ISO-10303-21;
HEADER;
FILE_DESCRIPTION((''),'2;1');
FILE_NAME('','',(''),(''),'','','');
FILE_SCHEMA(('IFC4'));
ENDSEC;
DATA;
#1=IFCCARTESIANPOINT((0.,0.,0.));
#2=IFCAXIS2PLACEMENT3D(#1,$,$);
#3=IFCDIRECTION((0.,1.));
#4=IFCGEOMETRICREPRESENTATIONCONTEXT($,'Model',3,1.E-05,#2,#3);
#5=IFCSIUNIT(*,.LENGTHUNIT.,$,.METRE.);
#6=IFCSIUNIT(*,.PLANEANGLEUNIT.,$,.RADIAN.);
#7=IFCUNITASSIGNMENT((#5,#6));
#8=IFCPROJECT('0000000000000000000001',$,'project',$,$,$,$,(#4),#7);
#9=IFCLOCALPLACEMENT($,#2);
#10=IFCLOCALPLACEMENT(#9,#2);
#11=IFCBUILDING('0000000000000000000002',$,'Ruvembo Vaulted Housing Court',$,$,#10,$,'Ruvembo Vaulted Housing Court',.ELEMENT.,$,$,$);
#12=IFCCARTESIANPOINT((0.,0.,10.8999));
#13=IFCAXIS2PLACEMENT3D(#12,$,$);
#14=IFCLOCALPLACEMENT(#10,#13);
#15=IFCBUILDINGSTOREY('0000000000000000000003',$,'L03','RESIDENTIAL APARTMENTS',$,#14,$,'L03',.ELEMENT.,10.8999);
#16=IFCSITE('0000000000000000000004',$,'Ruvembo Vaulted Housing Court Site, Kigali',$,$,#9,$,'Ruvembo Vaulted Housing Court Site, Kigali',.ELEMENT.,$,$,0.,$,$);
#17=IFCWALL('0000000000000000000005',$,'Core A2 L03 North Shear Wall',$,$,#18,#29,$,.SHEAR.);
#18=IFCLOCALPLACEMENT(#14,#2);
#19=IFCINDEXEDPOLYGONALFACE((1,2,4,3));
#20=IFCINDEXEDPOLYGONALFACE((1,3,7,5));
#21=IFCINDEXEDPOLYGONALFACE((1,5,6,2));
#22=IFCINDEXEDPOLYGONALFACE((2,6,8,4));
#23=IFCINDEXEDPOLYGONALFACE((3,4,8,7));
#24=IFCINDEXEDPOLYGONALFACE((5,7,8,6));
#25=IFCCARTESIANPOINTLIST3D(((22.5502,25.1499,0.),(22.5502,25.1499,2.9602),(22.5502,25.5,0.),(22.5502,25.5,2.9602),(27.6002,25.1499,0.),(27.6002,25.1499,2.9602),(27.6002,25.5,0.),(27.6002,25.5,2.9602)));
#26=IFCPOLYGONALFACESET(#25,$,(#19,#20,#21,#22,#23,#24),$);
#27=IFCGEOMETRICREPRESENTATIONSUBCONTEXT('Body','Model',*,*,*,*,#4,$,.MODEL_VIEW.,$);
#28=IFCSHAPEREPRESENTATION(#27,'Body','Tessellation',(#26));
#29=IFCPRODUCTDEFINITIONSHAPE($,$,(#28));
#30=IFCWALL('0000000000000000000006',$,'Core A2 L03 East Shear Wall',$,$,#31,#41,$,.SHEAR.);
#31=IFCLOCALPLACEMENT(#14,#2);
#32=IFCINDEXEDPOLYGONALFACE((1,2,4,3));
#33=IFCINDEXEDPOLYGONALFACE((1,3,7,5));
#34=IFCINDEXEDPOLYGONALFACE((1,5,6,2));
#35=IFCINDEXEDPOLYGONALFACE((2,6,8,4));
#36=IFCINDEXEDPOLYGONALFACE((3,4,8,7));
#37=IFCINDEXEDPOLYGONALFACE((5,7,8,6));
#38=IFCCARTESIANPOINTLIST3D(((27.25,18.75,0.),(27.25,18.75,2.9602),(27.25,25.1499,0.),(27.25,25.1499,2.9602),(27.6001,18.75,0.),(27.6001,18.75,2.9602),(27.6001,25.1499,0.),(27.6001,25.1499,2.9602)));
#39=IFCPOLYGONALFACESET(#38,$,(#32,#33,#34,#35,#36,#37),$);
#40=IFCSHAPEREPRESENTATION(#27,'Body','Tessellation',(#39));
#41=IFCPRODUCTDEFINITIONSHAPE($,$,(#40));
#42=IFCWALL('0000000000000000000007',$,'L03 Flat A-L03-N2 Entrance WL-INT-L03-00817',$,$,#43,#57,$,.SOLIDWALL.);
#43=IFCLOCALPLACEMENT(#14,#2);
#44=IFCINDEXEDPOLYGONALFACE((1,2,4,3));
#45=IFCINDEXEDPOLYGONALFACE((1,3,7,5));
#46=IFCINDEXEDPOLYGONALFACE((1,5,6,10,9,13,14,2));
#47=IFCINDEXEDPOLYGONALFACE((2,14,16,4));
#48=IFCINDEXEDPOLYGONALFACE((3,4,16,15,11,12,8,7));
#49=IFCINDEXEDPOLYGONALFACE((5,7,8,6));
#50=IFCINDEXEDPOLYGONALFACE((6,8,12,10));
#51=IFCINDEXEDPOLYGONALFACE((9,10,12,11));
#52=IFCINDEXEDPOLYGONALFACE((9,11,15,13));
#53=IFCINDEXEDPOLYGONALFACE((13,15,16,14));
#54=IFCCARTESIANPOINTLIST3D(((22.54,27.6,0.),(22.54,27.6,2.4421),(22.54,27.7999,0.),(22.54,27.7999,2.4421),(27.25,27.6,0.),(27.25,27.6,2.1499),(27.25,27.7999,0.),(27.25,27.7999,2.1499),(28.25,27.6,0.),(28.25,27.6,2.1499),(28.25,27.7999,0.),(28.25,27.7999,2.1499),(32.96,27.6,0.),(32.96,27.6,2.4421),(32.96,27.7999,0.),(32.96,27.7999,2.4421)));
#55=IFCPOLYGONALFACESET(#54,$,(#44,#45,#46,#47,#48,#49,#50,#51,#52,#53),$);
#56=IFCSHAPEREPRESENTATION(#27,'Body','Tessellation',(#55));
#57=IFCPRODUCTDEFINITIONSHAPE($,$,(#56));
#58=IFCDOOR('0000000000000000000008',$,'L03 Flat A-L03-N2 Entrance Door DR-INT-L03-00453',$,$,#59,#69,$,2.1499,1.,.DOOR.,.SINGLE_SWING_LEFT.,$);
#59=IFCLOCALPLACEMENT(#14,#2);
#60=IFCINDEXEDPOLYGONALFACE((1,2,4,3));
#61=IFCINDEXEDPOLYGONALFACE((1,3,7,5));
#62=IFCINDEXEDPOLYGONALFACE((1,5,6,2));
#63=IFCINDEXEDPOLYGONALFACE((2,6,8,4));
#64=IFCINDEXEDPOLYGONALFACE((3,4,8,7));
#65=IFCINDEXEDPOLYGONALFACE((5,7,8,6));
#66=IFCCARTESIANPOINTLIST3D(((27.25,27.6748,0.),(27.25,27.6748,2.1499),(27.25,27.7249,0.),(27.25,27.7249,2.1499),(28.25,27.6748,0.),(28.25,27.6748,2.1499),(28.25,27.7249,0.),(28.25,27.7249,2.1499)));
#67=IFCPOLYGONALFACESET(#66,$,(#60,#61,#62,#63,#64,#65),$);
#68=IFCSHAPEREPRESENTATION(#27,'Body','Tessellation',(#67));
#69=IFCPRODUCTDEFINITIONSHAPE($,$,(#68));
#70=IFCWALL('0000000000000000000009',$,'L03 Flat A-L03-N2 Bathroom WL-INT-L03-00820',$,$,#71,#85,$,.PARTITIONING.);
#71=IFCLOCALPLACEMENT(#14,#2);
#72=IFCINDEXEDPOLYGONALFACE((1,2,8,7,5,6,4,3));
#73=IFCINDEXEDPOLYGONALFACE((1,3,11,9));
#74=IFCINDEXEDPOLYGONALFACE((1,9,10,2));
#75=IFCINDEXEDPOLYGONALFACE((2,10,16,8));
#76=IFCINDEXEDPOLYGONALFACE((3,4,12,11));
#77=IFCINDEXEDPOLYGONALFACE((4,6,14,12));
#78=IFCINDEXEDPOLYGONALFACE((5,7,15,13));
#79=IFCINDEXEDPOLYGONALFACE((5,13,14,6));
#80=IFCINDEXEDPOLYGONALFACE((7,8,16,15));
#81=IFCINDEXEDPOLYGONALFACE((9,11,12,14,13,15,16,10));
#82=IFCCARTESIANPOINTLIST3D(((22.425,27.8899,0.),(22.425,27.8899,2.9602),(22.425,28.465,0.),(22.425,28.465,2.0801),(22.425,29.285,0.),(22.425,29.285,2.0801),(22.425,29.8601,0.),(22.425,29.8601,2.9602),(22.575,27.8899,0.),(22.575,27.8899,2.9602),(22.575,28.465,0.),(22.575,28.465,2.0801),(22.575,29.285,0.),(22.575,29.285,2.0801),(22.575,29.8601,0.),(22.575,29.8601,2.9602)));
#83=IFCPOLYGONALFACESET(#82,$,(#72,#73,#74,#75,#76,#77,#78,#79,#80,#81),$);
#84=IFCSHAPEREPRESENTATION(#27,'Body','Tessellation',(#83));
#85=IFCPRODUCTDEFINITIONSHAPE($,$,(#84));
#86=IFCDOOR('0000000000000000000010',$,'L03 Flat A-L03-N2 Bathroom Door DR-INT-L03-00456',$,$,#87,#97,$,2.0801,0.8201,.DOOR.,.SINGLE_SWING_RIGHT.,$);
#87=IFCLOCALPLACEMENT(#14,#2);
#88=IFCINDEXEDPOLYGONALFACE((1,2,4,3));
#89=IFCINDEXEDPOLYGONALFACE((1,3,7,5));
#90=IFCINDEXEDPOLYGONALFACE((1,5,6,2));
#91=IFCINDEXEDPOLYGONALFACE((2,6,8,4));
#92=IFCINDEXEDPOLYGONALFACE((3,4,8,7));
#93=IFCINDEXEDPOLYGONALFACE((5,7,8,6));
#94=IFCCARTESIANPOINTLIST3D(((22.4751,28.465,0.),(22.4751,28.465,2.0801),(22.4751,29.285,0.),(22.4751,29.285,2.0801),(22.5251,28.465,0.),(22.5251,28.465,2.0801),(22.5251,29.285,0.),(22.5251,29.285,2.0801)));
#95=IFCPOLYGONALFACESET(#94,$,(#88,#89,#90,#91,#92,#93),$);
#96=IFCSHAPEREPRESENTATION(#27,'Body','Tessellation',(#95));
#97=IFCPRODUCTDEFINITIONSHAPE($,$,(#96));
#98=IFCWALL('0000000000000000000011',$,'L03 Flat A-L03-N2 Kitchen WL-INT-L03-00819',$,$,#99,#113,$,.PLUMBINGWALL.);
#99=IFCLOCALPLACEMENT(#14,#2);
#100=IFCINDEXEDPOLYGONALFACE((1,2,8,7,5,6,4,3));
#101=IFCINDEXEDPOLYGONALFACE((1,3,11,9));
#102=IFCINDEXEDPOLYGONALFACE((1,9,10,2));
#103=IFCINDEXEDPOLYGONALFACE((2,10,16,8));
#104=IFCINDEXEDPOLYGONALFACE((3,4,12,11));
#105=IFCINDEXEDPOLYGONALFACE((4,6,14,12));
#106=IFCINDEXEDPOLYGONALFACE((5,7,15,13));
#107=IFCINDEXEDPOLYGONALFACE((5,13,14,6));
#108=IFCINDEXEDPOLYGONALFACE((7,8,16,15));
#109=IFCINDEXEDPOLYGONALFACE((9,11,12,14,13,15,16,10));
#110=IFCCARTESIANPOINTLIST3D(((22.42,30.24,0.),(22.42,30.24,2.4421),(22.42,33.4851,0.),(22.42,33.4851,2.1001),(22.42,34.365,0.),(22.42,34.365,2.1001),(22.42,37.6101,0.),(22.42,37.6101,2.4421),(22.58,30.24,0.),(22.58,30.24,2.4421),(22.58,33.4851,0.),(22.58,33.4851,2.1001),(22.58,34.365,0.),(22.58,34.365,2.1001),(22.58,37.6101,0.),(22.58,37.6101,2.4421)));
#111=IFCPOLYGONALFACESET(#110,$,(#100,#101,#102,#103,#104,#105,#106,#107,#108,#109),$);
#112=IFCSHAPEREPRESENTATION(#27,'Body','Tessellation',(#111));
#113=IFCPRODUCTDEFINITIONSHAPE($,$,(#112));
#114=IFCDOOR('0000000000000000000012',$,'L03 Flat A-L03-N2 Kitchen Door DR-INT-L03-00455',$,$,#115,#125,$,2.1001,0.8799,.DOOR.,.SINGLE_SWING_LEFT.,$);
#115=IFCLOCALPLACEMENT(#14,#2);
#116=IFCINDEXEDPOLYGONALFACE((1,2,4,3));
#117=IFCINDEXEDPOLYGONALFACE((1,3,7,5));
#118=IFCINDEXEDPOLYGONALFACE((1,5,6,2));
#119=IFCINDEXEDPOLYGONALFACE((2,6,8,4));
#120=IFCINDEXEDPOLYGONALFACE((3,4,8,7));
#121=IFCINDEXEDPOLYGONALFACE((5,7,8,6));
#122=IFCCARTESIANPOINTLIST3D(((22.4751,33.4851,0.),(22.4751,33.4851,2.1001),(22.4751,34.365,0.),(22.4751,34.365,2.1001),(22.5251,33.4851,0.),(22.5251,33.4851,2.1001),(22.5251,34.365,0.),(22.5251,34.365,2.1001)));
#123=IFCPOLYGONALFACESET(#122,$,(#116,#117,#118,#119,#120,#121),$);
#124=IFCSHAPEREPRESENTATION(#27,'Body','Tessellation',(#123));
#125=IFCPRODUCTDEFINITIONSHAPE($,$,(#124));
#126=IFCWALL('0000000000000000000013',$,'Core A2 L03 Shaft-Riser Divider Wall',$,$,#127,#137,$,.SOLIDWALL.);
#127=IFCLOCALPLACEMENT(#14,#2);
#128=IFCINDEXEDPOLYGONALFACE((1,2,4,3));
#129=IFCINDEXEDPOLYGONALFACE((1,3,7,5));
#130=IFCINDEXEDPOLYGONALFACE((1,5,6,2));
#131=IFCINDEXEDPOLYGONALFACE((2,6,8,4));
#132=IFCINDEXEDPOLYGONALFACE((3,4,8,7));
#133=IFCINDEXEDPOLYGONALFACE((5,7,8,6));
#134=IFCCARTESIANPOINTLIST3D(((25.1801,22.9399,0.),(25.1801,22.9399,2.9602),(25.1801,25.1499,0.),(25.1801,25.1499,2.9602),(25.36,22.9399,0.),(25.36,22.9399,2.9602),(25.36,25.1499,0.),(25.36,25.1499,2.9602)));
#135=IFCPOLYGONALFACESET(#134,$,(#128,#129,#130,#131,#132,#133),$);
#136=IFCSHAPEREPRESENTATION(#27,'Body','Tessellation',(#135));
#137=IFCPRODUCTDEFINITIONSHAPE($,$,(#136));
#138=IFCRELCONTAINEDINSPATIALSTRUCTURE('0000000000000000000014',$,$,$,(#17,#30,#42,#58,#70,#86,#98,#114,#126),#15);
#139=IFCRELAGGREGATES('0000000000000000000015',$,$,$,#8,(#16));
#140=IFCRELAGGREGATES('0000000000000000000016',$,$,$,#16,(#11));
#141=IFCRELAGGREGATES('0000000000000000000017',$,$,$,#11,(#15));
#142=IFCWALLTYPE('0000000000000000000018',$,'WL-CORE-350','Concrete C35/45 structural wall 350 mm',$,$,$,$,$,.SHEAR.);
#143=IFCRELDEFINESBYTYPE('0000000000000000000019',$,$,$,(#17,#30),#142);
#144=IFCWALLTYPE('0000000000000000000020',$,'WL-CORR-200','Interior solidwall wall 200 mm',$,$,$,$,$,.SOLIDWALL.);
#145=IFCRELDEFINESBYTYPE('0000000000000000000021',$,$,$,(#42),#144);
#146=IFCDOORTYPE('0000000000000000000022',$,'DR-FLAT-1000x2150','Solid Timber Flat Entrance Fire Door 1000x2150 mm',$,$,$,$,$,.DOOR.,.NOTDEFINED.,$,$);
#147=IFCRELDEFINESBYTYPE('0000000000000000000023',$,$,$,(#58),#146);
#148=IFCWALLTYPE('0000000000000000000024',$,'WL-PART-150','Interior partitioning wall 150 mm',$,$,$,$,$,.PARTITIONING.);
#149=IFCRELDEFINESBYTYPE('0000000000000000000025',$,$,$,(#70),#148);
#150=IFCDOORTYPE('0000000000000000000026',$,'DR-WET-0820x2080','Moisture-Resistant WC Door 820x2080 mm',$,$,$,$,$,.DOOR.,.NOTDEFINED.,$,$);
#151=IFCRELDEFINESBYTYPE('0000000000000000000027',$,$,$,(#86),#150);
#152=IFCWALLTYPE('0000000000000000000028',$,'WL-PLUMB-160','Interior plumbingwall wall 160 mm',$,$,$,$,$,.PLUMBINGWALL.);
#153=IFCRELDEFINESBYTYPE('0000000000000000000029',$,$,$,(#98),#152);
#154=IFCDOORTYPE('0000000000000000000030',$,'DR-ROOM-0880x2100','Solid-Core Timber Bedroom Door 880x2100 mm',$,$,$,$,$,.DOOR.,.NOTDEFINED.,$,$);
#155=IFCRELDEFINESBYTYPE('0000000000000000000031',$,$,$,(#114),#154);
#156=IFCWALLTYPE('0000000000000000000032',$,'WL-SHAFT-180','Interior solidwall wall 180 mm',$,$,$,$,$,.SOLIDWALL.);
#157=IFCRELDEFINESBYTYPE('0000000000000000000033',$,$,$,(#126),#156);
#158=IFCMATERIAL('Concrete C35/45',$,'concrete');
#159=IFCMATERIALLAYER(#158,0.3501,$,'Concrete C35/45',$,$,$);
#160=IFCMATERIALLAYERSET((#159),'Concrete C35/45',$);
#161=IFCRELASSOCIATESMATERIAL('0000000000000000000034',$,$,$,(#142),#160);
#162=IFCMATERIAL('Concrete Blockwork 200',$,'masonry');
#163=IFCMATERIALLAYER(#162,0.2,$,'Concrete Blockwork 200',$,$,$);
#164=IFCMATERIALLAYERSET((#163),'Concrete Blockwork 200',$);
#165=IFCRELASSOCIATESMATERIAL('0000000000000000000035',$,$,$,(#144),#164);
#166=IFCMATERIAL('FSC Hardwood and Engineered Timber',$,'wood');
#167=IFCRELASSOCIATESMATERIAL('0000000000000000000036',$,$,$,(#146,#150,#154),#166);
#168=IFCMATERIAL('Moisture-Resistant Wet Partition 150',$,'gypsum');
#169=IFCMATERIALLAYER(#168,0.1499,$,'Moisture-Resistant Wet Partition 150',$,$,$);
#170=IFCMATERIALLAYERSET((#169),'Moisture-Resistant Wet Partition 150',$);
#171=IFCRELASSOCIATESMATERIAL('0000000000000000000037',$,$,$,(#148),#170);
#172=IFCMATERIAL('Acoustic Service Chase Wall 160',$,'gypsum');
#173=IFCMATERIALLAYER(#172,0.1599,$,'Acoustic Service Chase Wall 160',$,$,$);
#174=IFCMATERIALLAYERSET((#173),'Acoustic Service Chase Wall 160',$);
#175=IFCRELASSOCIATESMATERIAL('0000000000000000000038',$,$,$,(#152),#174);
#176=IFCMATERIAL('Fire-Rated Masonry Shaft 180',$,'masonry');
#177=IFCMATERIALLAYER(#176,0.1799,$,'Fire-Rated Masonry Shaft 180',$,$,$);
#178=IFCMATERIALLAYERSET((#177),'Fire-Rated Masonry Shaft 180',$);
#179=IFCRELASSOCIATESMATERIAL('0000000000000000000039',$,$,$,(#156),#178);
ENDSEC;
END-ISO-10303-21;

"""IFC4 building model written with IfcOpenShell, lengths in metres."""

from ifc_helpers import new_model, si_unit, direction, frame, frame_2d, origin, place, context, subcontext, project, spatial, rectangle, extrude, material, layer, layer_set, type_object, element, fill, save


model = new_model("IFC4")

# Units and contexts
model_context = context("Model", 3, precision=1e-05, world=origin(), true_north=direction((0.0, 1.0)))
body_context = subcontext(model_context, "Body", "Model", "MODEL_VIEW")
ifc_project = project(units=[si_unit("LENGTHUNIT", "METRE"), si_unit("PLANEANGLEUNIT", "RADIAN")], contexts=[model_context])

# Site, building, storey
site_placement = place(None, origin())
site = spatial("IfcSite", under=ifc_project, at=site_placement, Name="Ruvembo Vaulted Housing Court Site, Kigali", LongName="Ruvembo Vaulted Housing Court Site, Kigali", CompositionType="ELEMENT", RefElevation=0.0)
building_placement = place(site_placement, origin())
building = spatial("IfcBuilding", under=site, at=building_placement, Name="Ruvembo Vaulted Housing Court", LongName="Ruvembo Vaulted Housing Court", CompositionType="ELEMENT")
storey_placement = place(building_placement, frame((0.0, 0.0, 10.8999)))
storey = spatial("IfcBuildingStorey", under=building, at=storey_placement, Name="L03", Description="RESIDENTIAL APARTMENTS", LongName="L03", CompositionType="ELEMENT", Elevation=10.8999)

# Shared definitions
ifc_material_1 = material(Name="Concrete C35/45", Category="concrete")

# Walls
ifc_layer_1 = layer(ifc_material_1, 0.3501, Name="Concrete C35/45")
ifc_layer_set_1 = layer_set([ifc_layer_1], Name="Concrete C35/45")
wall_type_1 = type_object("IfcWallType", Name="WL-CORE-350", Description="Concrete C35/45 structural wall 350 mm", PredefinedType="SHEAR", material=ifc_layer_set_1)
wall_1_placement = place(storey_placement, frame((27.6001, 25.325, 0.0), z_axis=(0.0, 0.0, 1.0), x_axis=(-1.0, 0.0, 0.0)))
element("IfcWall", 1, at=wall_1_placement, inside=storey, type_object=wall_type_1, Name="Core A2 L03 North Shear Wall", PredefinedType="SHEAR", context=body_context, shape_type="SweptSolid", body=[
    extrude(rectangle(XDim=5.05, YDim=0.3501, at=frame_2d((2.5249, 0.0))), origin(), (0.0, 0.0, 1.0), 2.9602),
])
wall_2_placement = place(storey_placement, frame((27.425, 18.75, 0.0), z_axis=(0.0, 0.0, 1.0), x_axis=(0.0, 1.0, 0.0)))
element("IfcWall", 2, at=wall_2_placement, inside=storey, type_object=wall_type_1, Name="Core A2 L03 East Shear Wall", PredefinedType="SHEAR", context=body_context, shape_type="SweptSolid", body=[
    extrude(rectangle(XDim=6.3999, YDim=0.3501, at=frame_2d((3.2, 0.0))), origin(), (0.0, 0.0, 1.0), 2.9602),
])

# Walls, openings, doors
ifc_material_2 = material(Name="Concrete Blockwork 200", Category="masonry")
ifc_layer_2 = layer(ifc_material_2, 0.2, Name="Concrete Blockwork 200")
ifc_layer_set_2 = layer_set([ifc_layer_2], Name="Concrete Blockwork 200")
wall_type_2 = type_object("IfcWallType", Name="WL-CORR-200", Description="Interior solidwall wall 200 mm", PredefinedType="SOLIDWALL", material=ifc_layer_set_2)
wall_3_placement = place(storey_placement, frame((22.54, 27.7, 0.0), z_axis=(0.0, 0.0, 1.0), x_axis=(1.0, 0.0, 0.0)))
wall_3 = element("IfcWall", 3, at=wall_3_placement, inside=storey, type_object=wall_type_2, Name="L03 Flat A-L03-N2 Entrance WL-INT-L03-00817", PredefinedType="SOLIDWALL", context=body_context, shape_type="SweptSolid", body=[
    extrude(rectangle(XDim=10.4199, YDim=0.2, at=frame_2d((5.21, 0.0))), origin(), (0.0, 0.0, 1.0), 2.4421),
])
opening_1_placement = place(wall_3_placement, frame((4.71, 0.0, 0.0)))
opening_1 = element("IfcOpeningElement", 4, at=opening_1_placement, cuts=wall_3, PredefinedType="OPENING", context=body_context, shape_type="SweptSolid", body=[
    extrude(rectangle(XDim=1.0, YDim=2.1499, at=frame_2d((0.5, 1.075))), frame((0.0, 0.1099, 0.0), z_axis=(0.0, -1.0, 0.0), x_axis=(1.0, 0.0, 0.0)), (0.0, 0.0, 1.0), 0.22),
])
ifc_material_3 = material(Name="FSC Hardwood and Engineered Timber", Category="wood")
door_type_1 = type_object("IfcDoorType", Name="DR-FLAT-1000x2150", Description="Solid Timber Flat Entrance Fire Door 1000x2150 mm", OperationType="NOTDEFINED", PredefinedType="DOOR", material=ifc_material_3)
door_1_placement = place(opening_1_placement, origin())
door_1 = element("IfcDoor", 5, at=door_1_placement, inside=storey, type_object=door_type_1, Name="L03 Flat A-L03-N2 Entrance Door DR-INT-L03-00453", OperationType="SINGLE_SWING_LEFT", OverallHeight=2.1499, OverallWidth=1.0, PredefinedType="DOOR", context=body_context, shape_type="SweptSolid", body=[
    extrude(rectangle(XDim=1.0, YDim=2.1499, at=frame_2d((0.5, 1.075))), frame((0.0, 0.0249, 0.0), z_axis=(0.0, -1.0, 0.0), x_axis=(1.0, 0.0, 0.0)), (0.0, 0.0, 1.0), 0.05),
])
fill(opening_1, door_1)
ifc_material_4 = material(Name="Moisture-Resistant Wet Partition 150", Category="gypsum")
ifc_layer_3 = layer(ifc_material_4, 0.1499, Name="Moisture-Resistant Wet Partition 150")
ifc_layer_set_3 = layer_set([ifc_layer_3], Name="Moisture-Resistant Wet Partition 150")
wall_type_3 = type_object("IfcWallType", Name="WL-PART-150", Description="Interior partitioning wall 150 mm", PredefinedType="PARTITIONING", material=ifc_layer_set_3)
wall_4_placement = place(storey_placement, frame((22.5, 27.8899, 0.0), z_axis=(0.0, 0.0, 1.0), x_axis=(0.0, 1.0, 0.0)))
wall_4 = element("IfcWall", 6, at=wall_4_placement, inside=storey, type_object=wall_type_3, Name="L03 Flat A-L03-N2 Bathroom WL-INT-L03-00820", PredefinedType="PARTITIONING", context=body_context, shape_type="SweptSolid", body=[
    extrude(rectangle(XDim=1.9702, YDim=0.1499, at=frame_2d((0.9851, 0.0))), origin(), (0.0, 0.0, 1.0), 2.9602),
])
opening_2_placement = place(wall_4_placement, frame((0.575, 0.0, 0.0)))
opening_2 = element("IfcOpeningElement", 7, at=opening_2_placement, cuts=wall_4, PredefinedType="OPENING", context=body_context, shape_type="SweptSolid", body=[
    extrude(rectangle(XDim=0.8201, YDim=2.0801, at=frame_2d((0.4102, 1.04))), frame((0.0, 0.085, 0.0), z_axis=(0.0, -1.0, 0.0), x_axis=(1.0, 0.0, 0.0)), (0.0, 0.0, 1.0), 0.1699),
])
door_type_2 = type_object("IfcDoorType", Name="DR-WET-0820x2080", Description="Moisture-Resistant WC Door 820x2080 mm", OperationType="NOTDEFINED", PredefinedType="DOOR", material=ifc_material_3)
door_2_placement = place(opening_2_placement, origin())
door_2 = element("IfcDoor", 8, at=door_2_placement, inside=storey, type_object=door_type_2, Name="L03 Flat A-L03-N2 Bathroom Door DR-INT-L03-00456", OperationType="SINGLE_SWING_RIGHT", OverallHeight=2.0801, OverallWidth=0.8201, PredefinedType="DOOR", context=body_context, shape_type="SweptSolid", body=[
    extrude(rectangle(XDim=0.8201, YDim=2.0801, at=frame_2d((0.4102, 1.04))), frame((0.0, 0.0249, 0.0), z_axis=(0.0, -1.0, 0.0), x_axis=(1.0, 0.0, 0.0)), (0.0, 0.0, 1.0), 0.05),
])
fill(opening_2, door_2)
ifc_material_5 = material(Name="Acoustic Service Chase Wall 160", Category="gypsum")
ifc_layer_4 = layer(ifc_material_5, 0.1599, Name="Acoustic Service Chase Wall 160")
ifc_layer_set_4 = layer_set([ifc_layer_4], Name="Acoustic Service Chase Wall 160")
wall_type_4 = type_object("IfcWallType", Name="WL-PLUMB-160", Description="Interior plumbingwall wall 160 mm", PredefinedType="PLUMBINGWALL", material=ifc_layer_set_4)
wall_5_placement = place(storey_placement, frame((22.5, 30.24, 0.0), z_axis=(0.0, 0.0, 1.0), x_axis=(0.0, 1.0, 0.0)))
wall_5 = element("IfcWall", 9, at=wall_5_placement, inside=storey, type_object=wall_type_4, Name="L03 Flat A-L03-N2 Kitchen WL-INT-L03-00819", PredefinedType="PLUMBINGWALL", context=body_context, shape_type="SweptSolid", body=[
    extrude(rectangle(XDim=7.3701, YDim=0.1599, at=frame_2d((3.6851, 0.0))), origin(), (0.0, 0.0, 1.0), 2.4421),
])
opening_3_placement = place(wall_5_placement, frame((3.2451, 0.0, 0.0)))
opening_3 = element("IfcOpeningElement", 10, at=opening_3_placement, cuts=wall_5, PredefinedType="OPENING", context=body_context, shape_type="SweptSolid", body=[
    extrude(rectangle(XDim=0.8799, YDim=2.1001, at=frame_2d((0.4399, 1.05))), frame((0.0, 0.0898, 0.0), z_axis=(0.0, -1.0, 0.0), x_axis=(1.0, 0.0, 0.0)), (0.0, 0.0, 1.0), 0.1799),
])
door_type_3 = type_object("IfcDoorType", Name="DR-ROOM-0880x2100", Description="Solid-Core Timber Bedroom Door 880x2100 mm", OperationType="NOTDEFINED", PredefinedType="DOOR", material=ifc_material_3)
door_3_placement = place(opening_3_placement, origin())
door_3 = element("IfcDoor", 11, at=door_3_placement, inside=storey, type_object=door_type_3, Name="L03 Flat A-L03-N2 Kitchen Door DR-INT-L03-00455", OperationType="SINGLE_SWING_LEFT", OverallHeight=2.1001, OverallWidth=0.8799, PredefinedType="DOOR", context=body_context, shape_type="SweptSolid", body=[
    extrude(rectangle(XDim=0.8799, YDim=2.1001, at=frame_2d((0.4399, 1.05))), frame((0.0, 0.0249, 0.0), z_axis=(0.0, -1.0, 0.0), x_axis=(1.0, 0.0, 0.0)), (0.0, 0.0, 1.0), 0.05),
])
fill(opening_3, door_3)

# Shared definitions
ifc_material_6 = material(Name="Fire-Rated Masonry Shaft 180", Category="masonry")
ifc_layer_5 = layer(ifc_material_6, 0.1799, Name="Fire-Rated Masonry Shaft 180")
ifc_layer_set_5 = layer_set([ifc_layer_5], Name="Fire-Rated Masonry Shaft 180")
wall_type_5 = type_object("IfcWallType", Name="WL-SHAFT-180", Description="Interior solidwall wall 180 mm", PredefinedType="SOLIDWALL", material=ifc_layer_set_5)

# Wall
wall_6_placement = place(storey_placement, frame((25.27, 22.9399, 0.0), z_axis=(0.0, 0.0, 1.0), x_axis=(0.0, 1.0, 0.0)))
element("IfcWall", 12, at=wall_6_placement, inside=storey, type_object=wall_type_5, Name="Core A2 L03 Shaft-Riser Divider Wall", PredefinedType="SOLIDWALL", context=body_context, shape_type="SweptSolid", body=[
    extrude(rectangle(XDim=2.21, YDim=0.1799, at=frame_2d((1.105, 0.0))), origin(), (0.0, 0.0, 1.0), 2.9602),
])

save(model, "model.ifc")
